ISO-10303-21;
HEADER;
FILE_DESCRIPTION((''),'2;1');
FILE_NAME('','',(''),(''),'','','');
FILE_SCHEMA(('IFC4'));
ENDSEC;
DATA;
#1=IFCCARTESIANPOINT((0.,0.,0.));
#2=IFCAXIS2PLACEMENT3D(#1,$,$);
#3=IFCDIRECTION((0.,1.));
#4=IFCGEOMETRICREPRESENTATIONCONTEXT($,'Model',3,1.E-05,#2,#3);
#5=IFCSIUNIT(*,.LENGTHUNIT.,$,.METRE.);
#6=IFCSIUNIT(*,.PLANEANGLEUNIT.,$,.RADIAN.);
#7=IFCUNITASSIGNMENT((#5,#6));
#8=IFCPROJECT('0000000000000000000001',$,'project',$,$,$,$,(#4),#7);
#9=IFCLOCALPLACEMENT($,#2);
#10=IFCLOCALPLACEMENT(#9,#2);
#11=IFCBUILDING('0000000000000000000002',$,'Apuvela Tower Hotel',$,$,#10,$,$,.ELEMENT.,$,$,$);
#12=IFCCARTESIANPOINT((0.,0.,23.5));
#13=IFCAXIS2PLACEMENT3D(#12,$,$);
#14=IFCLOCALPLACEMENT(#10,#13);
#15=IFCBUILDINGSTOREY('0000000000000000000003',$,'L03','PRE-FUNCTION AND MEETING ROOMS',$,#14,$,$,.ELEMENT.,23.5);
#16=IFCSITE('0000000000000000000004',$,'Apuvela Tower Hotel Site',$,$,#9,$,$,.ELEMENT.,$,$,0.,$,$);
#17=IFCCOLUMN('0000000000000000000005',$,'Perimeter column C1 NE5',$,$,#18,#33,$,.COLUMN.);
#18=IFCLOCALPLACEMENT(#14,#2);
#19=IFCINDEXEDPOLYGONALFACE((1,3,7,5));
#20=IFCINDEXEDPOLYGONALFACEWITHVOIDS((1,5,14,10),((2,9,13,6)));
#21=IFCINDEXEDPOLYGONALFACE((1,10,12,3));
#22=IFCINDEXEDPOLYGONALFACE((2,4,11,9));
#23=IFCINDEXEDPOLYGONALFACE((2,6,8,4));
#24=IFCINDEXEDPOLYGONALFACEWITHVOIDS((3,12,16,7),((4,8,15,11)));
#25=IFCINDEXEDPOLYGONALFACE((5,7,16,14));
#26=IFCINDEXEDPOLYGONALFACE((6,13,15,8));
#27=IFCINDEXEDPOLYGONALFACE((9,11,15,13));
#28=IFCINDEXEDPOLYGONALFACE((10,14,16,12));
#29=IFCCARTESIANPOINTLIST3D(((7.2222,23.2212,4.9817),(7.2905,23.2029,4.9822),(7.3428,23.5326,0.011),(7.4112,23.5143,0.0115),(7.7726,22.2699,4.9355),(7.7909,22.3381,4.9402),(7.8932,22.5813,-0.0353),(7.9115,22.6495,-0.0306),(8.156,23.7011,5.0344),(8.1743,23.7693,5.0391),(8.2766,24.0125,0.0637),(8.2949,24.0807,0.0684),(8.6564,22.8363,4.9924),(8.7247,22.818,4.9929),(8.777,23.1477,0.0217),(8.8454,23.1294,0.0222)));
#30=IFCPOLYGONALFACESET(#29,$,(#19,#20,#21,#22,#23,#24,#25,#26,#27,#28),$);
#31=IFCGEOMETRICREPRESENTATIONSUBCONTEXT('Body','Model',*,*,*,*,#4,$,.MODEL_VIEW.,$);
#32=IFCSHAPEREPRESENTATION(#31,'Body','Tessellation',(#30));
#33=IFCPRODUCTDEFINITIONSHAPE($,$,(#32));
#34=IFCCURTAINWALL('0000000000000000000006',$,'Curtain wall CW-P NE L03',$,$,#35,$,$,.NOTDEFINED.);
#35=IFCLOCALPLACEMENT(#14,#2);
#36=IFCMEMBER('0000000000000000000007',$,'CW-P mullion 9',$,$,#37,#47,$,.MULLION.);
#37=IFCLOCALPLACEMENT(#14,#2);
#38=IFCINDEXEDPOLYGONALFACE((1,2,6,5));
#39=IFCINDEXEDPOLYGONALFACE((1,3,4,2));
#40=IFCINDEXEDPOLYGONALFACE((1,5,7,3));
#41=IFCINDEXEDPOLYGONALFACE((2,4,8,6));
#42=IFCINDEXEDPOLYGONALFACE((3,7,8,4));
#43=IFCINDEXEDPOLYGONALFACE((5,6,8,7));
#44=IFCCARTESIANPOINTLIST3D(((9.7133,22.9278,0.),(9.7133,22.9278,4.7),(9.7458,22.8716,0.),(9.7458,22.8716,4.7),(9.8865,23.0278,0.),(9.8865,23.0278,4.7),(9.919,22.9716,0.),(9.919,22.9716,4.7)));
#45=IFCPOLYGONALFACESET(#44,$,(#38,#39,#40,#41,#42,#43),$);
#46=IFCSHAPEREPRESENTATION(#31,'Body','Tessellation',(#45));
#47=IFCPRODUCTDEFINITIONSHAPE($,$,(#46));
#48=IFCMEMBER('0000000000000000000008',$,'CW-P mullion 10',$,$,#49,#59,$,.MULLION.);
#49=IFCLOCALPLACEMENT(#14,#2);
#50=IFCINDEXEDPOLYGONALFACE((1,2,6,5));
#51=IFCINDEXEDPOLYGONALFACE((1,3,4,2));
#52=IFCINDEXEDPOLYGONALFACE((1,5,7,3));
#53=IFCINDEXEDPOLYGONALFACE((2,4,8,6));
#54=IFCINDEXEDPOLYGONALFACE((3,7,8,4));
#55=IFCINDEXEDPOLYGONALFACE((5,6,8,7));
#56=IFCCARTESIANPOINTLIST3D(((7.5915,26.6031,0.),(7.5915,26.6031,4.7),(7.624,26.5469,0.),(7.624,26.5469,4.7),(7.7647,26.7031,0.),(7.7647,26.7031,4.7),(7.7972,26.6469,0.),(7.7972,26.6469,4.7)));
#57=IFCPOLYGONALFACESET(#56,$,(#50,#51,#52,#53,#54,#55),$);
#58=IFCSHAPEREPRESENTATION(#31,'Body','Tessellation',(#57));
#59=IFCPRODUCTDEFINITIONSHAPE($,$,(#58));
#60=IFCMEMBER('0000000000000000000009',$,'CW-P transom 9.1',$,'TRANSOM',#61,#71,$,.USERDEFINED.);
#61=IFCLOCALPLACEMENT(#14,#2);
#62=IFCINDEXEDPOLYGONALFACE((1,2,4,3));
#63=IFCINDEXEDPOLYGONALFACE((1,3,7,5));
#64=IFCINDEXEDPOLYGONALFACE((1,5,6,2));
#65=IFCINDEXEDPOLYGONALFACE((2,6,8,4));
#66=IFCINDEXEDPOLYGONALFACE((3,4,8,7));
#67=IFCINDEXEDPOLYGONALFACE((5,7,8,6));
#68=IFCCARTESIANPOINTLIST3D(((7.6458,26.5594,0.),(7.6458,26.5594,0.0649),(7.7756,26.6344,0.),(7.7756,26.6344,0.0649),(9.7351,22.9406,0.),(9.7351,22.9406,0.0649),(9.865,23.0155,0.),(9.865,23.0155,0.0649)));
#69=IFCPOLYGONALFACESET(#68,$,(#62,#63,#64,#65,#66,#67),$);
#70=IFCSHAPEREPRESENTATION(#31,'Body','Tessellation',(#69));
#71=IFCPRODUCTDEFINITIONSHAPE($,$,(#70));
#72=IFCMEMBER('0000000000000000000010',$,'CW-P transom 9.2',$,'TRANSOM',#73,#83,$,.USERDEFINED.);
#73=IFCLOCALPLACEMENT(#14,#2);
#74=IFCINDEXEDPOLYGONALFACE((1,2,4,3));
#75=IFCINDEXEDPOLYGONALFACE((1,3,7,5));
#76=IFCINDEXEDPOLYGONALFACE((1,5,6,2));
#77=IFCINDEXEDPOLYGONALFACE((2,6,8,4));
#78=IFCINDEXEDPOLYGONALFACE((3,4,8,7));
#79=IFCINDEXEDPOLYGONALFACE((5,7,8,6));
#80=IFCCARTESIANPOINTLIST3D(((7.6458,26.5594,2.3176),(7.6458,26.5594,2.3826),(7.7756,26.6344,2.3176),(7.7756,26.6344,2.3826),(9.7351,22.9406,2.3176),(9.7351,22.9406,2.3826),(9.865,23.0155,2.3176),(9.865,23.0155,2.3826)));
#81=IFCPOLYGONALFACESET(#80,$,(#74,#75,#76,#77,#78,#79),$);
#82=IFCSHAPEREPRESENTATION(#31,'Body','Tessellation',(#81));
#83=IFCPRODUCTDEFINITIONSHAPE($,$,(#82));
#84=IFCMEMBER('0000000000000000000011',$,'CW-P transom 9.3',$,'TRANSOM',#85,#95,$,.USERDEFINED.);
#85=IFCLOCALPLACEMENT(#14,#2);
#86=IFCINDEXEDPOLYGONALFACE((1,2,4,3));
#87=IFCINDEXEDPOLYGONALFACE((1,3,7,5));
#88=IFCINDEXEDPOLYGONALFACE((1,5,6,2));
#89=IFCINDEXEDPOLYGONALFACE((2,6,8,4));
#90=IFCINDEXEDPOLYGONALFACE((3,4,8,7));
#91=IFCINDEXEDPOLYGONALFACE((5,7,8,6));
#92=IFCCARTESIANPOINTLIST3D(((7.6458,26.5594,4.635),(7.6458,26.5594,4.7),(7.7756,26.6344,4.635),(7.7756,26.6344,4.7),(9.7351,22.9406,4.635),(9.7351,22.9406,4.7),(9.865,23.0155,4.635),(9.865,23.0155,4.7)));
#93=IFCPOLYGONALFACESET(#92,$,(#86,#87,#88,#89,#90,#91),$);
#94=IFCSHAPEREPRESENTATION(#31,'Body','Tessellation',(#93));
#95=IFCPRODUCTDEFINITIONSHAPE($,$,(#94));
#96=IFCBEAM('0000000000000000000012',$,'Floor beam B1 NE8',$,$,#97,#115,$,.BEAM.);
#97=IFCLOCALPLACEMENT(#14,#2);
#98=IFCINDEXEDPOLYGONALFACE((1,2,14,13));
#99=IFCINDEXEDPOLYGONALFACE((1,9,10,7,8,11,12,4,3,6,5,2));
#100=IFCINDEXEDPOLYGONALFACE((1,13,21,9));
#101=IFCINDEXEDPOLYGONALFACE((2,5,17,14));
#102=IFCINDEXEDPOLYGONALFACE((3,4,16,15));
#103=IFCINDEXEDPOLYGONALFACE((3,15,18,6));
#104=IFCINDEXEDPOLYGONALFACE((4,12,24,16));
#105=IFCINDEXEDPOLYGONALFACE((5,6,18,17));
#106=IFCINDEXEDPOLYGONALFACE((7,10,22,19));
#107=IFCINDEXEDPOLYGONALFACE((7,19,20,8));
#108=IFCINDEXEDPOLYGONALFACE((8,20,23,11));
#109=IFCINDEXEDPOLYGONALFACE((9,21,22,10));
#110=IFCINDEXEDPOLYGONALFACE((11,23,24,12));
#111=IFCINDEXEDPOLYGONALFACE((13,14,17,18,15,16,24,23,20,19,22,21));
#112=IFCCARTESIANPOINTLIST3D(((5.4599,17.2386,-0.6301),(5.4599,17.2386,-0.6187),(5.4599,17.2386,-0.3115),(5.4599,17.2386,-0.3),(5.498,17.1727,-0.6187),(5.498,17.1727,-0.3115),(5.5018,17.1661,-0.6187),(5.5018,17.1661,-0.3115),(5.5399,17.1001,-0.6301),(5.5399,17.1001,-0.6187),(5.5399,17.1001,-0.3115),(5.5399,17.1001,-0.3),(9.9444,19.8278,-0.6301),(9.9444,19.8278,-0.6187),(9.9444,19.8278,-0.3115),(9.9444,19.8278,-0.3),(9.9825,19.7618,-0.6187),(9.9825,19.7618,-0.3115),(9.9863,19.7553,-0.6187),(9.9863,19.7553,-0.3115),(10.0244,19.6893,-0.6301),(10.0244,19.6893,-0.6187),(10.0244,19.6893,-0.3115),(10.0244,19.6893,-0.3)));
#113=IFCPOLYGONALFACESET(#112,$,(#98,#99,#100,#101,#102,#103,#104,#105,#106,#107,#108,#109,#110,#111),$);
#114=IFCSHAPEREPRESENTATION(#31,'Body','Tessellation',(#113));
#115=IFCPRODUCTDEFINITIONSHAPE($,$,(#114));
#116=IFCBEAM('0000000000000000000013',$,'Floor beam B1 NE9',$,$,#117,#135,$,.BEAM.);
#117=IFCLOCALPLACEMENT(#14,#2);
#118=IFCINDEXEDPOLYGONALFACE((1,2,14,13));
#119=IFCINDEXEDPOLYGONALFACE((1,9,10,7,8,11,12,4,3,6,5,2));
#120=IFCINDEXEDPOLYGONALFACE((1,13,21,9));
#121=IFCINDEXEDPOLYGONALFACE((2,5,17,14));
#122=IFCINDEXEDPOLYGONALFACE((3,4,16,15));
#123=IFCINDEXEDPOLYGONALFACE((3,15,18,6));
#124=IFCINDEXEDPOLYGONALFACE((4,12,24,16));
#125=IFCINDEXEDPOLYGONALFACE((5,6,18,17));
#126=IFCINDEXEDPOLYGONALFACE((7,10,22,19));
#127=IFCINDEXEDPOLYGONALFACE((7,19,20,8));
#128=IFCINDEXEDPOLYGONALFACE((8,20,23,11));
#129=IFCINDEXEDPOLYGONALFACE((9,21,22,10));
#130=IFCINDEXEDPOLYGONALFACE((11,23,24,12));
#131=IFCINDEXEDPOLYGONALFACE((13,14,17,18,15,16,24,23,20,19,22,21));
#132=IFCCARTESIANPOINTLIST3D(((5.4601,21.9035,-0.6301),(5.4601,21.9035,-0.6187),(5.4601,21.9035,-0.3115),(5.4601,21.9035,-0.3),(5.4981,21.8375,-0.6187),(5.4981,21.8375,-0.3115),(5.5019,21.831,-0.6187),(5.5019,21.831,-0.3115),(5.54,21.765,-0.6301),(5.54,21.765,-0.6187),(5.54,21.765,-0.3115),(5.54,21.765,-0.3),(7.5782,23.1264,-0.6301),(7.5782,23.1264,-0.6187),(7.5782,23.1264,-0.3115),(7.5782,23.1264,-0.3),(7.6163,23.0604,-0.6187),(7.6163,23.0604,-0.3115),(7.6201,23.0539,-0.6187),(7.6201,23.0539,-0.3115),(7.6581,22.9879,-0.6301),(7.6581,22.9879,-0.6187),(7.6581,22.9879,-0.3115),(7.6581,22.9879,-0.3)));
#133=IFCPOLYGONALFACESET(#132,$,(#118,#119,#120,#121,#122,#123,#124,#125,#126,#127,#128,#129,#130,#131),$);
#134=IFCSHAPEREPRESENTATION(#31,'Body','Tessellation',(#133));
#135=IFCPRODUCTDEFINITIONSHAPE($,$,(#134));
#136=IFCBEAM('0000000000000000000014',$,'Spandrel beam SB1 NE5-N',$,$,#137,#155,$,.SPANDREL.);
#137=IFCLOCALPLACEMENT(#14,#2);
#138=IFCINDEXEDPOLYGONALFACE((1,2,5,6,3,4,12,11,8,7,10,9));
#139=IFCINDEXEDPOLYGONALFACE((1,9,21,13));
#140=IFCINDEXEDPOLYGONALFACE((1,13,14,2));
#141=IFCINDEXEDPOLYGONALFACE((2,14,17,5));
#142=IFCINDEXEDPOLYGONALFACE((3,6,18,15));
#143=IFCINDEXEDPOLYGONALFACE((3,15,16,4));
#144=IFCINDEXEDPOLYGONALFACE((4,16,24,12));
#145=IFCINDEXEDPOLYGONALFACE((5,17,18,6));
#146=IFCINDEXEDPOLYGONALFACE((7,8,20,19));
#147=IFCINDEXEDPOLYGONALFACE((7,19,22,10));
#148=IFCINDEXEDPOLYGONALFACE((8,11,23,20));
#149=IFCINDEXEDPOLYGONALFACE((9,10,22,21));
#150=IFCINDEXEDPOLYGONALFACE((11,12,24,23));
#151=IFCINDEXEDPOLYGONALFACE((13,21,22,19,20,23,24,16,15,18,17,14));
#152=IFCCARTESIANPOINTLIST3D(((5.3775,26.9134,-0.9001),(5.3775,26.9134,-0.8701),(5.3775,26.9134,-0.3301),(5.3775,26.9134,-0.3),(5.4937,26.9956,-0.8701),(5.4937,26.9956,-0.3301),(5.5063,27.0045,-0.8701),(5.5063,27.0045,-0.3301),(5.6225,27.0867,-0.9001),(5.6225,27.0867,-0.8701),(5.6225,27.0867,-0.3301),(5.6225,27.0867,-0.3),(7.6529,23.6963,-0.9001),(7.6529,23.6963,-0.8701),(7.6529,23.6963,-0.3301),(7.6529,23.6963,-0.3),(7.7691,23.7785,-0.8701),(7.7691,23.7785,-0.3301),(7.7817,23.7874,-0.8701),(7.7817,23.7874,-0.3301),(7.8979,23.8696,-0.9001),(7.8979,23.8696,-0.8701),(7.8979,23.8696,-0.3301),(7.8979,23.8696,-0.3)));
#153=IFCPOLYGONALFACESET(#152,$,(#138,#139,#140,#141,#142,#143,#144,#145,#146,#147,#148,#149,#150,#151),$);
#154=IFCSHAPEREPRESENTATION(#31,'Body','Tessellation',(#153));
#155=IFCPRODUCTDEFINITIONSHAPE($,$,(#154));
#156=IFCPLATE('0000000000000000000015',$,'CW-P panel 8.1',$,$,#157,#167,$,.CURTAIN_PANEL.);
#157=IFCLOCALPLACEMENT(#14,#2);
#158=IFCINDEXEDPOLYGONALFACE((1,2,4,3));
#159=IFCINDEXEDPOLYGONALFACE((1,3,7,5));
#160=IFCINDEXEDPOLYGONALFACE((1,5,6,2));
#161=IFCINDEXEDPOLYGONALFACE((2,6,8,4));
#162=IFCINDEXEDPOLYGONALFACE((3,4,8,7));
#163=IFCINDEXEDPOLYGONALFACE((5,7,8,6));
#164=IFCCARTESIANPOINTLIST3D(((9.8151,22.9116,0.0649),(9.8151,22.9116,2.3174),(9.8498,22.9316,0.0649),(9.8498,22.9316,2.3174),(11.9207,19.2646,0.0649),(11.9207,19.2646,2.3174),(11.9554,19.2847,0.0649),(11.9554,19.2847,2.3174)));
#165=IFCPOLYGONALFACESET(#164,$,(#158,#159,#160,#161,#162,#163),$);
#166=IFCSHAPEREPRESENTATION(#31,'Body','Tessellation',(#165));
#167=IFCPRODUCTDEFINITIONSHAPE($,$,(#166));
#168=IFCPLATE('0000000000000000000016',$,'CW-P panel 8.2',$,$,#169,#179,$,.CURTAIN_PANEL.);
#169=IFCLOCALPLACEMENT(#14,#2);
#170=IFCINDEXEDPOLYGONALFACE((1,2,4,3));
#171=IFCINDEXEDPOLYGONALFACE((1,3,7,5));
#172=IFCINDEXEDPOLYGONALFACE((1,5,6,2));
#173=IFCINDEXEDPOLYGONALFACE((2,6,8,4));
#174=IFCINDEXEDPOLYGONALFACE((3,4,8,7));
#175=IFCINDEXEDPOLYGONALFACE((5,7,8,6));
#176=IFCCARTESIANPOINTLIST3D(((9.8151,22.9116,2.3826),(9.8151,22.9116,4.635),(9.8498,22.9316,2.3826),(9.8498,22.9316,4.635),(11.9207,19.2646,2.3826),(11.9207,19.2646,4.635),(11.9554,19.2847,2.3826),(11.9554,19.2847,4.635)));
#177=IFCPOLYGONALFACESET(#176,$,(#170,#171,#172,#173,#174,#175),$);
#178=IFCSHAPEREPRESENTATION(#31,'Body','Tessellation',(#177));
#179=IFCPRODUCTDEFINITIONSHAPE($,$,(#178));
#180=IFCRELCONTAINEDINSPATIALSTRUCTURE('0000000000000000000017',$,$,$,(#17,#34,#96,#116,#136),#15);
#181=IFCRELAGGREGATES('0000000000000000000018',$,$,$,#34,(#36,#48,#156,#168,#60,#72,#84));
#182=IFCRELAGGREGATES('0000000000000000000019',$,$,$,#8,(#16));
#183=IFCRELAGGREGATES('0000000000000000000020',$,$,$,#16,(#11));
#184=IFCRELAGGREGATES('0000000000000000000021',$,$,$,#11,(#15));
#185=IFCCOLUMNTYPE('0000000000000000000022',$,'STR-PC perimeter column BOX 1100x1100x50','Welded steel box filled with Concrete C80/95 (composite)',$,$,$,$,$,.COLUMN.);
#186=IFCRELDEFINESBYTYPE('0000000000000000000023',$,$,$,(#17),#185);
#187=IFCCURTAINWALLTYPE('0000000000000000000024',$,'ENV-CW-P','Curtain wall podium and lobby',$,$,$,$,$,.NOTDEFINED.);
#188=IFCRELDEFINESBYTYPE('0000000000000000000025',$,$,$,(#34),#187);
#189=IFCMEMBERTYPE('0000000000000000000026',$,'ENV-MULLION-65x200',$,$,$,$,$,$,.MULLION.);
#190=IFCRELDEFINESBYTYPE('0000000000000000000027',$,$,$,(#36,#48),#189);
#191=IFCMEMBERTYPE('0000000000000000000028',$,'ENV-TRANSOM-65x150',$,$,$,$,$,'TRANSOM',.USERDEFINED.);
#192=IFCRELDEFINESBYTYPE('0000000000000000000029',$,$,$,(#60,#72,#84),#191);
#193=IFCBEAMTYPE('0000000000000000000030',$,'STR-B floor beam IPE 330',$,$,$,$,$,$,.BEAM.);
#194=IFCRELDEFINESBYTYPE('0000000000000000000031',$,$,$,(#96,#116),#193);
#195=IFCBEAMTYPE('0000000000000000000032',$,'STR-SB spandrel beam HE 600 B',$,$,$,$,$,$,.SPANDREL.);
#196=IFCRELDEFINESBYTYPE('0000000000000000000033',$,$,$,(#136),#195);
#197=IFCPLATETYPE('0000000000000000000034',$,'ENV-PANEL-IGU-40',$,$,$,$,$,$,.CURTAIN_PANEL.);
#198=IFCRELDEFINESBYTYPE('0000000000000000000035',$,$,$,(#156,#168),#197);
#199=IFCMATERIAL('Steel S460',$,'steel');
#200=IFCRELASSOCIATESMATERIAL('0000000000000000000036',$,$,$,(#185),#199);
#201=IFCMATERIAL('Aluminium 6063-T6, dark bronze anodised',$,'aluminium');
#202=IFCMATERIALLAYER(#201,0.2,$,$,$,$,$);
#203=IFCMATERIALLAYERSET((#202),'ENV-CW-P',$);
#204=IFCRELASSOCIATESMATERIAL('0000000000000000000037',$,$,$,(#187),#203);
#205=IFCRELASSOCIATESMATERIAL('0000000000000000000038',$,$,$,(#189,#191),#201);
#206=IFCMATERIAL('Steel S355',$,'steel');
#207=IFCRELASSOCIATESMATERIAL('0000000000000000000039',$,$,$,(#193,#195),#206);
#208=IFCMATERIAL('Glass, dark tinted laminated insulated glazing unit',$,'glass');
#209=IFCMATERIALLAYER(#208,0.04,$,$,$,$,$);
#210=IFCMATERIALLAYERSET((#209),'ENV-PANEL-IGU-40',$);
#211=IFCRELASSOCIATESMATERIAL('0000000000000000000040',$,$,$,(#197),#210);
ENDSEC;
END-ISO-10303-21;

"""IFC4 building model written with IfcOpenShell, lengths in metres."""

from ifc_helpers import new_model, si_unit, direction, frame, origin, origin_2d, place, context, subcontext, project, spatial, rectangle, hollow_rectangle, i_section, extrude, boolean, halfspace, material, layer, layer_set, material_profile, profile_set, type_object, element, aggregate, save


model = new_model("IFC4")

# Units and contexts
model_context = context("Model", 3, precision=1e-05, world=origin(), true_north=direction((0.0, 1.0)))
body_context = subcontext(model_context, "Body", "Model", "MODEL_VIEW")
ifc_project = project(units=[si_unit("LENGTHUNIT", "METRE"), si_unit("PLANEANGLEUNIT", "RADIAN")], contexts=[model_context])

# Site, building, storey
site_placement = place(None, origin())
site = spatial("IfcSite", under=ifc_project, at=site_placement, Name="Apuvela Tower Hotel Site", CompositionType="ELEMENT", RefElevation=0.0)
building_placement = place(site_placement, origin())
building = spatial("IfcBuilding", under=site, at=building_placement, Name="Apuvela Tower Hotel", CompositionType="ELEMENT")
storey_placement = place(building_placement, frame((0.0, 0.0, 23.5)))
storey = spatial("IfcBuildingStorey", under=building, at=storey_placement, Name="L03", Description="PRE-FUNCTION AND MEETING ROOMS", CompositionType="ELEMENT", Elevation=23.5)

# Column
ifc_material_1 = material(Name="Steel S460", Category="steel")
ifc_material_profile_1 = material_profile(ifc_material_1, hollow_rectangle(XDim=1.1001, YDim=1.1001, WallThickness=0.05, at=origin_2d()), Name="BOX 1100x1100x50")
ifc_material_2 = material(Name="Concrete C80/95", Category="concrete")
ifc_material_profile_2 = material_profile(ifc_material_2, rectangle(XDim=1.0, YDim=1.0, at=origin_2d()), Name="Concrete C80/95 infill")
ifc_profile_set_1 = profile_set([ifc_material_profile_1, ifc_material_profile_2], Name="Steel S460")
column_type = type_object("IfcColumnType", Name="STR-PC perimeter column BOX 1100x1100x50", Description="Welded steel box filled with Concrete C80/95 (composite)", PredefinedType="COLUMN", material=ifc_profile_set_1)
column_placement = place(storey_placement, frame((8.0945, 23.332, 0.0), z_axis=(-0.024213, -0.062506, 0.997751), x_axis=(-0.500358, 0.864798, 0.042034)))
element("IfcColumn", 1, at=column_placement, inside=storey, type_object=column_type, Name="Perimeter column C1 NE5", PredefinedType="COLUMN", context=body_context, shape_type="SweptSolid", body=[
    boolean("DIFFERENCE", boolean("DIFFERENCE", extrude(hollow_rectangle(XDim=1.1001, YDim=1.1001, WallThickness=0.05, at=origin_2d()), origin(), (0.0, 0.0, 1.0), 5.0112), halfspace(frame((0.0, 0.0, 0.0166), z_axis=(0.0, 0.0, 1.0), x_axis=(1.0, 0.0, 0.0)), True)), halfspace(frame((0.0, 0.0, 4.9985), z_axis=(0.0, 0.0, 1.0), x_axis=(1.0, 0.0, 0.0)), False)),
])

# Curtain wall, members
ifc_material_3 = material(Name="Aluminium 6063-T6, dark bronze anodised", Category="aluminium")
ifc_layer_1 = layer(ifc_material_3, 0.2)
ifc_layer_set_1 = layer_set([ifc_layer_1], Name="ENV-CW-P")
curtain_wall_type = type_object("IfcCurtainWallType", Name="ENV-CW-P", Description="Curtain wall podium and lobby", PredefinedType="NOTDEFINED", material=ifc_layer_set_1)
curtain_wall_placement = place(storey_placement, origin())
curtain_wall = element("IfcCurtainWall", 2, at=curtain_wall_placement, inside=storey, type_object=curtain_wall_type, Name="Curtain wall CW-P NE L03", PredefinedType="NOTDEFINED")
ifc_material_profile_3 = material_profile(ifc_material_3, rectangle(XDim=0.2, YDim=0.0649, at=origin_2d()), Name="AL 65x200")
ifc_profile_set_2 = profile_set([ifc_material_profile_3], Name="Aluminium 6063-T6, dark bronze anodised")
member_type_1 = type_object("IfcMemberType", Name="ENV-MULLION-65x200", PredefinedType="MULLION", material=ifc_profile_set_2)
member_1_placement = place(storey_placement, frame((9.8162, 22.9497, 0.0), z_axis=(0.0, 0.0, 1.0), x_axis=(-0.866026, -0.5, 0.0)))
member_1 = element("IfcMember", 3, at=member_1_placement, type_object=member_type_1, Name="CW-P mullion 9", PredefinedType="MULLION", context=body_context, shape_type="SweptSolid", body=[
    extrude(rectangle(XDim=0.2, YDim=0.0649, at=origin_2d()), origin(), (0.0, 0.0, 1.0), 4.7),
])
member_2_placement = place(storey_placement, frame((7.6943, 26.625, 0.0), z_axis=(0.0, 0.0, 1.0), x_axis=(-0.866026, -0.5, 0.0)))
member_2 = element("IfcMember", 4, at=member_2_placement, type_object=member_type_1, Name="CW-P mullion 10", PredefinedType="MULLION", context=body_context, shape_type="SweptSolid", body=[
    extrude(rectangle(XDim=0.2, YDim=0.0649, at=origin_2d()), origin(), (0.0, 0.0, 1.0), 4.7),
])
ifc_material_profile_4 = material_profile(ifc_material_3, rectangle(XDim=0.1499, YDim=0.0649, at=origin_2d()), Name="AL 65x150 transom")
ifc_profile_set_3 = profile_set([ifc_material_profile_4], Name="Aluminium 6063-T6, dark bronze anodised")
member_type_2 = type_object("IfcMemberType", Name="ENV-TRANSOM-65x150", ElementType="TRANSOM", PredefinedType="USERDEFINED", material=ifc_profile_set_3)
member_3_placement = place(storey_placement, frame((9.8, 22.978, 0.0325), z_axis=(-0.499997, 0.866027, 0.0), x_axis=(-0.866027, -0.499997, 0.0)))
member_3 = element("IfcMember", 5, at=member_3_placement, type_object=member_type_2, Name="CW-P transom 9.1", ObjectType="TRANSOM", PredefinedType="USERDEFINED", context=body_context, shape_type="SweptSolid", body=[
    extrude(rectangle(XDim=0.1499, YDim=0.0649, at=origin_2d()), origin(), (0.0, 0.0, 1.0), 4.1787),
])
member_4_placement = place(storey_placement, frame((9.8, 22.978, 2.3501), z_axis=(-0.499997, 0.866027, 0.0), x_axis=(-0.866027, -0.499997, 0.0)))
member_4 = element("IfcMember", 6, at=member_4_placement, type_object=member_type_2, Name="CW-P transom 9.2", ObjectType="TRANSOM", PredefinedType="USERDEFINED", context=body_context, shape_type="SweptSolid", body=[
    extrude(rectangle(XDim=0.1499, YDim=0.0649, at=origin_2d()), origin(), (0.0, 0.0, 1.0), 4.1787),
])
member_5_placement = place(storey_placement, frame((9.8, 22.978, 4.6675), z_axis=(-0.499997, 0.866027, 0.0), x_axis=(-0.866027, -0.499997, 0.0)))
member_5 = element("IfcMember", 7, at=member_5_placement, type_object=member_type_2, Name="CW-P transom 9.3", ObjectType="TRANSOM", PredefinedType="USERDEFINED", context=body_context, shape_type="SweptSolid", body=[
    extrude(rectangle(XDim=0.1499, YDim=0.0649, at=origin_2d()), origin(), (0.0, 0.0, 1.0), 4.1787),
])

# Beams
ifc_material_4 = material(Name="Steel S355", Category="steel")
ifc_material_profile_5 = material_profile(ifc_material_4, i_section(OverallWidth=0.1599, OverallDepth=0.3301, WebThickness=0.0076, FlangeThickness=0.0115, at=origin_2d()), Name="IPE 330")
ifc_profile_set_4 = profile_set([ifc_material_profile_5], Name="Steel S355")
beam_type_1 = type_object("IfcBeamType", Name="STR-B floor beam IPE 330", PredefinedType="BEAM", material=ifc_profile_set_4)
beam_1_placement = place(storey_placement, frame((9.9844, 19.7585, -0.4651), z_axis=(-0.866021, -0.500008, 0.0), x_axis=(0.500008, -0.866021, 0.0)))
element("IfcBeam", 8, at=beam_1_placement, inside=storey, type_object=beam_type_1, Name="Floor beam B1 NE8", PredefinedType="BEAM", context=body_context, shape_type="SweptSolid", body=[
    extrude(i_section(OverallWidth=0.1599, OverallDepth=0.3301, WebThickness=0.0076, FlangeThickness=0.0115, at=origin_2d()), origin(), (0.0, 0.0, 1.0), 5.1782),
])
beam_2_placement = place(storey_placement, frame((7.6182, 23.0571, -0.4651), z_axis=(-0.866029, -0.499993, 0.0), x_axis=(0.499993, -0.866029, 0.0)))
element("IfcBeam", 9, at=beam_2_placement, inside=storey, type_object=beam_type_1, Name="Floor beam B1 NE9", PredefinedType="BEAM", context=body_context, shape_type="SweptSolid", body=[
    extrude(i_section(OverallWidth=0.1599, OverallDepth=0.3301, WebThickness=0.0076, FlangeThickness=0.0115, at=origin_2d()), origin(), (0.0, 0.0, 1.0), 2.4458),
])
ifc_material_profile_6 = material_profile(ifc_material_4, i_section(OverallWidth=0.3, OverallDepth=0.6001, WebThickness=0.0154, FlangeThickness=0.03, at=origin_2d()), Name="HE 600 B")
ifc_profile_set_5 = profile_set([ifc_material_profile_6], Name="Steel S355")
beam_type_2 = type_object("IfcBeamType", Name="STR-SB spandrel beam HE 600 B", PredefinedType="SPANDREL", material=ifc_profile_set_5)
beam_3_placement = place(storey_placement, frame((7.7754, 23.783, -0.6001), z_axis=(-0.577452, 0.816425, 0.0), x_axis=(-0.816425, -0.577452, 0.0)))
element("IfcBeam", 10, at=beam_3_placement, inside=storey, type_object=beam_type_2, Name="Spandrel beam SB1 NE5-N", PredefinedType="SPANDREL", context=body_context, shape_type="SweptSolid", body=[
    extrude(i_section(OverallWidth=0.3, OverallDepth=0.6001, WebThickness=0.0154, FlangeThickness=0.03, at=origin_2d()), origin(), (0.0, 0.0, 1.0), 3.9404),
])

# Plates
ifc_material_5 = material(Name="Glass, dark tinted laminated insulated glazing unit", Category="glass")
ifc_layer_2 = layer(ifc_material_5, 0.04)
ifc_layer_set_2 = layer_set([ifc_layer_2], Name="ENV-PANEL-IGU-40")
plate_type = type_object("IfcPlateType", Name="ENV-PANEL-IGU-40", PredefinedType="CURTAIN_PANEL", material=ifc_layer_set_2)
plate_1_placement = place(storey_placement, frame((10.8853, 21.0981, 0.0649), z_axis=(0.0, 0.0, 1.0), x_axis=(-0.5, 0.866026, 0.0)))
plate_1 = element("IfcPlate", 11, at=plate_1_placement, type_object=plate_type, Name="CW-P panel 8.1", PredefinedType="CURTAIN_PANEL", context=body_context, shape_type="SweptSolid", body=[
    extrude(rectangle(XDim=4.2112, YDim=0.04, at=origin_2d()), origin(), (0.0, 0.0, 1.0), 2.2524),
])
plate_2_placement = place(storey_placement, frame((10.8853, 21.0981, 2.3826), z_axis=(0.0, 0.0, 1.0), x_axis=(-0.5, 0.866026, 0.0)))
plate_2 = element("IfcPlate", 12, at=plate_2_placement, type_object=plate_type, Name="CW-P panel 8.2", PredefinedType="CURTAIN_PANEL", context=body_context, shape_type="SweptSolid", body=[
    extrude(rectangle(XDim=4.2112, YDim=0.04, at=origin_2d()), origin(), (0.0, 0.0, 1.0), 2.2524),
])
aggregate(curtain_wall, [member_1, member_2, plate_1, plate_2, member_3, member_4, member_5])

save(model, "model.ifc")
